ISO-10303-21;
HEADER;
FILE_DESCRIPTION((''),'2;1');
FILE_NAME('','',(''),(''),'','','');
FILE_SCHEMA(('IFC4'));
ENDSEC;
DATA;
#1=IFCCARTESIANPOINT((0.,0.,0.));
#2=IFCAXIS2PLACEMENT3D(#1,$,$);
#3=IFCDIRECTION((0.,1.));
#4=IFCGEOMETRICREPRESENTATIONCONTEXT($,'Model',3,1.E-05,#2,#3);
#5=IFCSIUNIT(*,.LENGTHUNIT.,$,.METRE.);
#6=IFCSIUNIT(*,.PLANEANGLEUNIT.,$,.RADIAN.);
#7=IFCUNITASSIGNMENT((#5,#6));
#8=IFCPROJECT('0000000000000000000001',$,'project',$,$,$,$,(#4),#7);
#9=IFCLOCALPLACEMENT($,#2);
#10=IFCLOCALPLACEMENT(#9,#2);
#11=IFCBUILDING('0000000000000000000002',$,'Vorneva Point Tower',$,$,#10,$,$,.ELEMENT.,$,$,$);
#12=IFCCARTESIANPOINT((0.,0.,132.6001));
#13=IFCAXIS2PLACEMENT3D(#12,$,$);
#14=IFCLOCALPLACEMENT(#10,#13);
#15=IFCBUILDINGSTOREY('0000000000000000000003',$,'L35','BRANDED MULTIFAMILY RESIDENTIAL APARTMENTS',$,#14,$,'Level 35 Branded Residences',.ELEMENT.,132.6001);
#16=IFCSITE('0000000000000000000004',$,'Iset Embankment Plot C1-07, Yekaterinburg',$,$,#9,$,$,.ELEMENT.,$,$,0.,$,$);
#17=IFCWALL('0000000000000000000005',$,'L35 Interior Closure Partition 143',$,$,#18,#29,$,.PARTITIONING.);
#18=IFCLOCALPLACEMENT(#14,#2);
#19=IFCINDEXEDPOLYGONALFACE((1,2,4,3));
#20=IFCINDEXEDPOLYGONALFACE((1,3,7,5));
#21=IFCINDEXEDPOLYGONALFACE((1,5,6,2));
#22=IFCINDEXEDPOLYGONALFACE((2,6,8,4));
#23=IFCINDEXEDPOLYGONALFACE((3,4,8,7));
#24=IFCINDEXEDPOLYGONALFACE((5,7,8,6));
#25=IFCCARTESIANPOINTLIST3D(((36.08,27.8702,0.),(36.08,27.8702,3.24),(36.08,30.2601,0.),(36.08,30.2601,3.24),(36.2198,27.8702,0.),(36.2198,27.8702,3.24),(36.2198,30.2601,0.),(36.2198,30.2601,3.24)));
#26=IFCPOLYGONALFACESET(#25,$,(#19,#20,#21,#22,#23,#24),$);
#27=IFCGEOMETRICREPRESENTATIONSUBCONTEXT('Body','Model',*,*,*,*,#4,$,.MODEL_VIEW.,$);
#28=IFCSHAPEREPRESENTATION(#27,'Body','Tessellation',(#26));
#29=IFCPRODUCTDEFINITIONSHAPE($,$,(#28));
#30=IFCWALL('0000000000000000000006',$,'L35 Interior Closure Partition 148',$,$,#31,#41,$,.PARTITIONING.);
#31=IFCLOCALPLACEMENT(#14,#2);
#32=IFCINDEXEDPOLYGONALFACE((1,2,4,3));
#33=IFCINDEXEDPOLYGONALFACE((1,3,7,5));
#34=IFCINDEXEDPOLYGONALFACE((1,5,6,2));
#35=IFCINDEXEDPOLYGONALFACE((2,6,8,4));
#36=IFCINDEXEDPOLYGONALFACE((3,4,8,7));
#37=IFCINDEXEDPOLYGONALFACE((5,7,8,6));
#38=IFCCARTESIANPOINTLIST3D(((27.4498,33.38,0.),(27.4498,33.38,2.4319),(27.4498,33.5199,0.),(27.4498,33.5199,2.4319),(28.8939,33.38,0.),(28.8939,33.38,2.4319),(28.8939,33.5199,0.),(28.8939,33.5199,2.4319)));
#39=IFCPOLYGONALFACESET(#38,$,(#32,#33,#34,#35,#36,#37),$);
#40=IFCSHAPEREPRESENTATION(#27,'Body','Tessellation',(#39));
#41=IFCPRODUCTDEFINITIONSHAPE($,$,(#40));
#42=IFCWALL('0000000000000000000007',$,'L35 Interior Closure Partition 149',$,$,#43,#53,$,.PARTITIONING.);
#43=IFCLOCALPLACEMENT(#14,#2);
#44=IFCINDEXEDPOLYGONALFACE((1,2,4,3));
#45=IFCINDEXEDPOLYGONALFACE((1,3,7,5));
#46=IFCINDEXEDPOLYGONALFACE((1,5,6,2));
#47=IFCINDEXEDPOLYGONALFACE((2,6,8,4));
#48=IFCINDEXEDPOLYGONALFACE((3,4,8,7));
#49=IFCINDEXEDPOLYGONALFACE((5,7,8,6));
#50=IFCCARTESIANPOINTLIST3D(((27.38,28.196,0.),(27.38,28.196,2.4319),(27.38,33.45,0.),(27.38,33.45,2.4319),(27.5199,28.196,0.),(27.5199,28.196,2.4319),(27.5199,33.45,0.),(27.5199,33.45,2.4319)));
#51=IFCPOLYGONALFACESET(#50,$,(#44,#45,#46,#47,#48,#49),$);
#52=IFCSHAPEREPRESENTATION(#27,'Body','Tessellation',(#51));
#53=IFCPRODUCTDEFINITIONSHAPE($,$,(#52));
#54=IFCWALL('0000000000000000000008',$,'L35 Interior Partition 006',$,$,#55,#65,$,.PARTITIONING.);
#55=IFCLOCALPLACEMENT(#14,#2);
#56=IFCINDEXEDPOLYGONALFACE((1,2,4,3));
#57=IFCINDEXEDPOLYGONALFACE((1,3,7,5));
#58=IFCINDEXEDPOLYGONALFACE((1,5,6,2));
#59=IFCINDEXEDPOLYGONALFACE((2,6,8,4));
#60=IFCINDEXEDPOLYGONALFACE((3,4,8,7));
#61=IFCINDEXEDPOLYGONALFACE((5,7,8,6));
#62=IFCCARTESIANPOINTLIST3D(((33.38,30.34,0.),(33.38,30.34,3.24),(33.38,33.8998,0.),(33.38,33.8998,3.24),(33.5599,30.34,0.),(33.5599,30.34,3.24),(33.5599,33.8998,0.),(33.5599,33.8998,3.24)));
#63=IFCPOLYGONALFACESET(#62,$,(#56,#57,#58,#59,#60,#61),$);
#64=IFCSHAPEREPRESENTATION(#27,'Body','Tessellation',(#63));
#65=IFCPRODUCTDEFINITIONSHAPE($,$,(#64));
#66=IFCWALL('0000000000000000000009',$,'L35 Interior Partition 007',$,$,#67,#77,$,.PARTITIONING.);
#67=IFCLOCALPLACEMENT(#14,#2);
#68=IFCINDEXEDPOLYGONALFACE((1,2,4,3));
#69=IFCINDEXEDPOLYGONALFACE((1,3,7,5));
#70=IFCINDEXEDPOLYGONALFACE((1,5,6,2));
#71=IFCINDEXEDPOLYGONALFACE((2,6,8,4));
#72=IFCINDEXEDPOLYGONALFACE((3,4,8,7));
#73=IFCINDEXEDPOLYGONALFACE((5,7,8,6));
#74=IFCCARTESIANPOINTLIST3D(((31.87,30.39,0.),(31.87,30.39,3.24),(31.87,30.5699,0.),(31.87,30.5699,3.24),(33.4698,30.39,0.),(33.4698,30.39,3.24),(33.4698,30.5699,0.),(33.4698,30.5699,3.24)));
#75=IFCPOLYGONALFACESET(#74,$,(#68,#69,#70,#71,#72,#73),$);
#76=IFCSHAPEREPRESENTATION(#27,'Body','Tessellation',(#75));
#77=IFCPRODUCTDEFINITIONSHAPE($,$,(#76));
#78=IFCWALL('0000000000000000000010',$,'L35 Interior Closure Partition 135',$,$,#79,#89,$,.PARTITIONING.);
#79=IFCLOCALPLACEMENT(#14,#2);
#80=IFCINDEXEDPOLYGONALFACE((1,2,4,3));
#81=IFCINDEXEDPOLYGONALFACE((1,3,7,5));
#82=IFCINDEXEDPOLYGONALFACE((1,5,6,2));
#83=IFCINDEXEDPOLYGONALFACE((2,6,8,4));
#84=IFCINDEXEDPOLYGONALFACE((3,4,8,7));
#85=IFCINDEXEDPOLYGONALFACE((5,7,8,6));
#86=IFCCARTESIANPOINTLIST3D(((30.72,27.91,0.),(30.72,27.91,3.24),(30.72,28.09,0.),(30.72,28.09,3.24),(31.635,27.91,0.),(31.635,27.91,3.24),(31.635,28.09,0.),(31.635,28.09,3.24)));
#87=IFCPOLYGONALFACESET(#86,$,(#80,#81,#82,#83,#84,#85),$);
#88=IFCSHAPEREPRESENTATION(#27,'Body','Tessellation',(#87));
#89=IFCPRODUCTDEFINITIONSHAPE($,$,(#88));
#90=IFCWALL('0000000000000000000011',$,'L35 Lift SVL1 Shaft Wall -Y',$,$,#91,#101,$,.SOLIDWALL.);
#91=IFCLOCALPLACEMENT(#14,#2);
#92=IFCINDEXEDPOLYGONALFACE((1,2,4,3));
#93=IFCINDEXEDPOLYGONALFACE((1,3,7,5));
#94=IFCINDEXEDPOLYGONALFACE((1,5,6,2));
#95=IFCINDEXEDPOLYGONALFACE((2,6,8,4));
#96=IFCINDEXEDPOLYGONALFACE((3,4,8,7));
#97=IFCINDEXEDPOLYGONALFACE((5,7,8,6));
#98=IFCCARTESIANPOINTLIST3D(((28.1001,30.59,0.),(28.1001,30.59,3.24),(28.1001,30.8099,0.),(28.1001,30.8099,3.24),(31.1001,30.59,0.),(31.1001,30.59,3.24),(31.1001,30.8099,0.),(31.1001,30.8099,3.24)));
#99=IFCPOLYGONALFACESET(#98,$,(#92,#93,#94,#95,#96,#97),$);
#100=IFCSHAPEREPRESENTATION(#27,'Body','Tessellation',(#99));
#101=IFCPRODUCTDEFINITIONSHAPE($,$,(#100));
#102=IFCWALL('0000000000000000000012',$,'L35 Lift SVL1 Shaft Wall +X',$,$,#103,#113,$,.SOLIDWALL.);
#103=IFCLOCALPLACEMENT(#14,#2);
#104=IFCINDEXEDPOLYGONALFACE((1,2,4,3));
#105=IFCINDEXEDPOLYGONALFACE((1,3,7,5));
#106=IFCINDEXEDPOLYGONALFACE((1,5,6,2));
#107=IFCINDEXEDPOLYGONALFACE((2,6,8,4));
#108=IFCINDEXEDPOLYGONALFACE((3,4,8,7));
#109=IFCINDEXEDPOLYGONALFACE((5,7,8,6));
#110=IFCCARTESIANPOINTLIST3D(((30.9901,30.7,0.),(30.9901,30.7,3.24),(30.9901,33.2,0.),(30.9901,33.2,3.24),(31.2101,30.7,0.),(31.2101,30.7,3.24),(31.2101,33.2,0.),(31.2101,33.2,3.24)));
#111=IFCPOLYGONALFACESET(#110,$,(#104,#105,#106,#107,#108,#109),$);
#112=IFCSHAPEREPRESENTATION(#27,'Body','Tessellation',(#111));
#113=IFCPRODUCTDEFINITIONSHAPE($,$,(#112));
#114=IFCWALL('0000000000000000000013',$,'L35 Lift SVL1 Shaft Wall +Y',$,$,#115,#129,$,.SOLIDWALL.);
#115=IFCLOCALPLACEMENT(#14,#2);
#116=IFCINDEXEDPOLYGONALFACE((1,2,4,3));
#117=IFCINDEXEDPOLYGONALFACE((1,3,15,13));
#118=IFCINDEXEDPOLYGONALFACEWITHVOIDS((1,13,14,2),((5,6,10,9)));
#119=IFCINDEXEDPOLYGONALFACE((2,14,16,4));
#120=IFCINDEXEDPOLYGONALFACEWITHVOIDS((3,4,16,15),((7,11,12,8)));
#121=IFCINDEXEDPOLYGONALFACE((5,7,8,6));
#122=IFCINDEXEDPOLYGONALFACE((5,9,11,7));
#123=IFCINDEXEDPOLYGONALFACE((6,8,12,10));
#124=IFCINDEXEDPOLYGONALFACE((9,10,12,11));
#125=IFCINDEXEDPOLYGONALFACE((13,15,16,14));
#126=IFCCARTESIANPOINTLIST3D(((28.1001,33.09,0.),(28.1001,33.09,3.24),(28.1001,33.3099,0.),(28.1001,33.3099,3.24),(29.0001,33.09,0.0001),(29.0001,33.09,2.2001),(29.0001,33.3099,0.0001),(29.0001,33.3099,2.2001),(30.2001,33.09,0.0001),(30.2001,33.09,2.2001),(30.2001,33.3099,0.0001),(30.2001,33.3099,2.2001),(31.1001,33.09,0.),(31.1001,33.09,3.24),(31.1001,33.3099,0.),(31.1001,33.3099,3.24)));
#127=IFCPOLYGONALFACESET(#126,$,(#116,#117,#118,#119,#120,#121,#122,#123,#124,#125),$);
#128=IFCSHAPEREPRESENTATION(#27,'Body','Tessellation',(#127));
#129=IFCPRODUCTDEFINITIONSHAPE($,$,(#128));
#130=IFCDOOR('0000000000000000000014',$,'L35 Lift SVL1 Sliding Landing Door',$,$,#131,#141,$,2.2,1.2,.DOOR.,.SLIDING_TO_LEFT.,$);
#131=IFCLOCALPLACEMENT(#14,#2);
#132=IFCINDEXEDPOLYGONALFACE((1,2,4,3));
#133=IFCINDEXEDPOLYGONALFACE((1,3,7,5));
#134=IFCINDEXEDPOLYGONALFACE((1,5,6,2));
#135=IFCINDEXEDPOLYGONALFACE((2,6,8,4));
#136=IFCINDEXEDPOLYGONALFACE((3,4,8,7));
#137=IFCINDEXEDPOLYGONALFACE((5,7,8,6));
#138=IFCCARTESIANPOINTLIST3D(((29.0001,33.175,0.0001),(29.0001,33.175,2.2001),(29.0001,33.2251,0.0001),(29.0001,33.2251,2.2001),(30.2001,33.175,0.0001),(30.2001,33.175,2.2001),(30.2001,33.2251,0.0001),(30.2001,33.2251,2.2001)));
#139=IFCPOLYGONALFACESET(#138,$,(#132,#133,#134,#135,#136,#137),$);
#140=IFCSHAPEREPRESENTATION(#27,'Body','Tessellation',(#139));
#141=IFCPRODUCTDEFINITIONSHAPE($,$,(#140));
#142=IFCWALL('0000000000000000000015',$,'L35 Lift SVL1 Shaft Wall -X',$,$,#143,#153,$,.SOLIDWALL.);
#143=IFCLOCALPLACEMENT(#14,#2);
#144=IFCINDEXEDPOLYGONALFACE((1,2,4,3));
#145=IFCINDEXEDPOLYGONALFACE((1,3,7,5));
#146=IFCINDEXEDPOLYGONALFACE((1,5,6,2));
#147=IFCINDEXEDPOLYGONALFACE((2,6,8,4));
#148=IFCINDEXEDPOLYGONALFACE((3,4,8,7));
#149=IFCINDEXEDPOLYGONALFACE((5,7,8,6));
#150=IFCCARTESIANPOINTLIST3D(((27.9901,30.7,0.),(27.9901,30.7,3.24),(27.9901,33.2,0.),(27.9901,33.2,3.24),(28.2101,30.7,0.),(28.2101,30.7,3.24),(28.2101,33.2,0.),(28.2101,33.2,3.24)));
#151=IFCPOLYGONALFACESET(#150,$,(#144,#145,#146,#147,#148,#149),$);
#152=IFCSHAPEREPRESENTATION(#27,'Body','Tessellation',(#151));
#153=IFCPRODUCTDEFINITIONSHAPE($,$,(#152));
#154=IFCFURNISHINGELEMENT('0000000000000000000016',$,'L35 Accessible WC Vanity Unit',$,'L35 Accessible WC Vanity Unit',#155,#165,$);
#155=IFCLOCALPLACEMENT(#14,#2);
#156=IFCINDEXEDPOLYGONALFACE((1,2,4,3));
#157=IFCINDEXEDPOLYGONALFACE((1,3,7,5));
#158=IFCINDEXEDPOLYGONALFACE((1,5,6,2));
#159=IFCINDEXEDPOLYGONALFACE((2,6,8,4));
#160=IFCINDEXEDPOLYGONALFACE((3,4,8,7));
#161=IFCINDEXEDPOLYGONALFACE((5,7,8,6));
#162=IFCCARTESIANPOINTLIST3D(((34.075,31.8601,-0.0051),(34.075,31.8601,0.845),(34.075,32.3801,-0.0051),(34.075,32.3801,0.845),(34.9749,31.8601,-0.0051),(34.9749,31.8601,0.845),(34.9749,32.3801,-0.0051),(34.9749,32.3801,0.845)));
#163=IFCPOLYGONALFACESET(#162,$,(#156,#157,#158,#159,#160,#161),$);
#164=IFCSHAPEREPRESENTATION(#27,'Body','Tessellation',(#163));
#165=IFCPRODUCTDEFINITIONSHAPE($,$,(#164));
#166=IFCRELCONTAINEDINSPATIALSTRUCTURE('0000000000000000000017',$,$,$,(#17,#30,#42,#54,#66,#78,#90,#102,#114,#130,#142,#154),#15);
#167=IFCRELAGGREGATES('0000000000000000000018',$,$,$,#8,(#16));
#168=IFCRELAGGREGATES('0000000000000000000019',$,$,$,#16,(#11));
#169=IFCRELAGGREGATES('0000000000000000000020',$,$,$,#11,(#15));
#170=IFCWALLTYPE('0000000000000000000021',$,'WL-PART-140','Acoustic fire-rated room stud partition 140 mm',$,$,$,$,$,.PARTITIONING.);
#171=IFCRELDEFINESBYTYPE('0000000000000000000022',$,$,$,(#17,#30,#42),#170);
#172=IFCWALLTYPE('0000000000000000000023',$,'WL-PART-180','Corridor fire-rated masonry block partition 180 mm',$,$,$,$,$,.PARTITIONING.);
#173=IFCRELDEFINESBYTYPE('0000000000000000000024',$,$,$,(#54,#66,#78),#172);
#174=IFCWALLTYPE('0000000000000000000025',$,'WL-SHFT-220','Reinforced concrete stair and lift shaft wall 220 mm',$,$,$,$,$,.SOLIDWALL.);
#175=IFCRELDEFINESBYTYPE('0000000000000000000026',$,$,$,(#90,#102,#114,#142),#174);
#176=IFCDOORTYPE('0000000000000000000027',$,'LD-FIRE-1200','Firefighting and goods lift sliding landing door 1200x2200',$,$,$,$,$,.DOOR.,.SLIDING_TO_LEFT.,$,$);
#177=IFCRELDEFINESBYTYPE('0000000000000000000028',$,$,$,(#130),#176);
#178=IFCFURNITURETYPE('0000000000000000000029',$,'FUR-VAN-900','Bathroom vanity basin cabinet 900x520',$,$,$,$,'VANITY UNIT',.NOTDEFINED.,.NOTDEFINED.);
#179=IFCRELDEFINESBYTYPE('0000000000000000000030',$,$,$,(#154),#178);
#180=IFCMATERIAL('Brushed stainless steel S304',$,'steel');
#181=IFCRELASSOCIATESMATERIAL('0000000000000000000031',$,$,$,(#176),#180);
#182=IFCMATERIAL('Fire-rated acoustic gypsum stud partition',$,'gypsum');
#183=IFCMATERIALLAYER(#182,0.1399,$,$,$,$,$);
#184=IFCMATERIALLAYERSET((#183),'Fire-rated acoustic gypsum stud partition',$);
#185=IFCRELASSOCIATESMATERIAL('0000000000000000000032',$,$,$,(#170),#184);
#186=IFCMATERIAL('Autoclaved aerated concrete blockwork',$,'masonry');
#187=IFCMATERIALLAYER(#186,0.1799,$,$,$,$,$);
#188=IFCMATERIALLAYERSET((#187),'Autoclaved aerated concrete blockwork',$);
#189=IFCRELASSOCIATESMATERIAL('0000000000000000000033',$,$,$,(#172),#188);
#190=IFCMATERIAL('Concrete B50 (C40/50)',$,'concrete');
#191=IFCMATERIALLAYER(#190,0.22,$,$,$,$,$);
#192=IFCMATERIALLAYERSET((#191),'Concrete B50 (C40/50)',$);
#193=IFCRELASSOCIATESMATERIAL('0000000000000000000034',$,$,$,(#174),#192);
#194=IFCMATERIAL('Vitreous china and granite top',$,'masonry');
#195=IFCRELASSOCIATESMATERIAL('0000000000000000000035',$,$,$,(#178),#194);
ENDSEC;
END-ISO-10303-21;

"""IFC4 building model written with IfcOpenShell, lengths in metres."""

from ifc_helpers import new_model, si_unit, direction, frame, frame_2d, origin, origin_2d, place, context, subcontext, project, spatial, rectangle, extrude, material, layer, layer_set, type_object, element, fill, save


model = new_model("IFC4")

# Units and contexts
model_context = context("Model", 3, precision=1e-05, world=origin(), true_north=direction((0.0, 1.0)))
body_context = subcontext(model_context, "Body", "Model", "MODEL_VIEW")
ifc_project = project(units=[si_unit("LENGTHUNIT", "METRE"), si_unit("PLANEANGLEUNIT", "RADIAN")], contexts=[model_context])

# Site, building, storey
site_placement = place(None, origin())
site = spatial("IfcSite", under=ifc_project, at=site_placement, Name="Iset Embankment Plot C1-07, Yekaterinburg", CompositionType="ELEMENT", RefElevation=0.0)
building_placement = place(site_placement, origin())
building = spatial("IfcBuilding", under=site, at=building_placement, Name="Vorneva Point Tower", CompositionType="ELEMENT")
storey_placement = place(building_placement, frame((0.0, 0.0, 132.6001)))
storey = spatial("IfcBuildingStorey", under=building, at=storey_placement, Name="L35", Description="BRANDED MULTIFAMILY RESIDENTIAL APARTMENTS", LongName="Level 35 Branded Residences", CompositionType="ELEMENT", Elevation=132.6001)

# Shared definitions
ifc_material_1 = material(Name="Brushed stainless steel S304", Category="steel")
door_type_1 = type_object("IfcDoorType", Name="LD-FIRE-1200", Description="Firefighting and goods lift sliding landing door 1200x2200", OperationType="SLIDING_TO_LEFT", PredefinedType="DOOR", material=ifc_material_1)

# Walls
ifc_material_2 = material(Name="Fire-rated acoustic gypsum stud partition", Category="gypsum")
ifc_layer_1 = layer(ifc_material_2, 0.1399)
ifc_layer_set_1 = layer_set([ifc_layer_1], Name="Fire-rated acoustic gypsum stud partition")
wall_type_1 = type_object("IfcWallType", Name="WL-PART-140", Description="Acoustic fire-rated room stud partition 140 mm", PredefinedType="PARTITIONING", material=ifc_layer_set_1)
for number, where, z_axis, x_axis, name in (
    (1, (36.1499, 30.26, 0.0), (0.0, 0.0, 1.0), (0.0, -1.0, 0.0), "L35 Interior Closure Partition 143"),
):
    element("IfcWall", number, at=place(storey_placement, frame(where, z_axis=z_axis, x_axis=x_axis)), inside=storey, type_object=wall_type_1, Name=name, PredefinedType="PARTITIONING", context=body_context, shape_type="SweptSolid", body=[
        extrude(rectangle(XDim=2.3899, YDim=0.1399, at=frame_2d((1.1948, 0.0))), origin(), (0.0, 0.0, 1.0), 3.24),
    ])
wall_1_placement = place(storey_placement, frame((28.894, 33.45, 0.0), z_axis=(0.0, 0.0, 1.0), x_axis=(-1.0, 0.0, 0.0)))
element("IfcWall", 2, at=wall_1_placement, inside=storey, type_object=wall_type_1, Name="L35 Interior Closure Partition 148", PredefinedType="PARTITIONING", context=body_context, shape_type="SweptSolid", body=[
    extrude(rectangle(XDim=1.4441, YDim=0.1399, at=frame_2d((0.7222, 0.0))), origin(), (0.0, 0.0, 1.0), 2.4319),
])
wall_2_placement = place(storey_placement, frame((27.45, 33.45, 0.0), z_axis=(0.0, 0.0, 1.0), x_axis=(0.0, -1.0, 0.0)))
element("IfcWall", 3, at=wall_2_placement, inside=storey, type_object=wall_type_1, Name="L35 Interior Closure Partition 149", PredefinedType="PARTITIONING", context=body_context, shape_type="SweptSolid", body=[
    extrude(rectangle(XDim=5.2539, YDim=0.1399, at=frame_2d((2.627, 0.0))), origin(), (0.0, 0.0, 1.0), 2.4319),
])

# Shared definitions
ifc_material_3 = material(Name="Autoclaved aerated concrete blockwork", Category="masonry")
ifc_layer_2 = layer(ifc_material_3, 0.1799)
ifc_layer_set_2 = layer_set([ifc_layer_2], Name="Autoclaved aerated concrete blockwork")
wall_type_2 = type_object("IfcWallType", Name="WL-PART-180", Description="Corridor fire-rated masonry block partition 180 mm", PredefinedType="PARTITIONING", material=ifc_layer_set_2)

# Walls
wall_3_placement = place(storey_placement, frame((33.47, 30.3401, 0.0), z_axis=(0.0, 0.0, 1.0), x_axis=(0.0, 1.0, 0.0)))
element("IfcWall", 4, at=wall_3_placement, inside=storey, type_object=wall_type_2, Name="L35 Interior Partition 006", PredefinedType="PARTITIONING", context=body_context, shape_type="SweptSolid", body=[
    extrude(rectangle(XDim=3.5598, YDim=0.1799, at=frame_2d((1.7798, 0.0))), origin(), (0.0, 0.0, 1.0), 3.24),
])
wall_4_placement = place(storey_placement, frame((31.8701, 30.48, 0.0), z_axis=(0.0, 0.0, 1.0), x_axis=(1.0, 0.0, 0.0)))
element("IfcWall", 5, at=wall_4_placement, inside=storey, type_object=wall_type_2, Name="L35 Interior Partition 007", PredefinedType="PARTITIONING", context=body_context, shape_type="SweptSolid", body=[
    extrude(rectangle(XDim=1.5999, YDim=0.1799, at=frame_2d((0.7998, 0.0))), origin(), (0.0, 0.0, 1.0), 3.24),
])

# Walls
wall_5_placement = place(storey_placement, frame((31.635, 28.0, 0.0), z_axis=(0.0, 0.0, 1.0), x_axis=(-1.0, 0.0, 0.0)))
element("IfcWall", 6, at=wall_5_placement, inside=storey, type_object=wall_type_2, Name="L35 Interior Closure Partition 135", PredefinedType="PARTITIONING", context=body_context, shape_type="SweptSolid", body=[
    extrude(rectangle(XDim=0.915, YDim=0.1799, at=frame_2d((0.4575, 0.0))), origin(), (0.0, 0.0, 1.0), 3.24),
])
ifc_material_4 = material(Name="Concrete B50 (C40/50)", Category="concrete")
ifc_layer_3 = layer(ifc_material_4, 0.22)
ifc_layer_set_3 = layer_set([ifc_layer_3], Name="Concrete B50 (C40/50)")
wall_type_3 = type_object("IfcWallType", Name="WL-SHFT-220", Description="Reinforced concrete stair and lift shaft wall 220 mm", PredefinedType="SOLIDWALL", material=ifc_layer_set_3)
wall_6_placement = place(storey_placement, frame((28.1001, 30.7, 0.0), z_axis=(0.0, 0.0, 1.0), x_axis=(1.0, 0.0, 0.0)))
element("IfcWall", 7, at=wall_6_placement, inside=storey, type_object=wall_type_3, Name="L35 Lift SVL1 Shaft Wall -Y", PredefinedType="SOLIDWALL", context=body_context, shape_type="SweptSolid", body=[
    extrude(rectangle(XDim=3.0, YDim=0.22, at=frame_2d((1.5, 0.0))), origin(), (0.0, 0.0, 1.0), 3.24),
])
wall_7_placement = place(storey_placement, frame((31.1001, 30.7, 0.0), z_axis=(0.0, 0.0, 1.0), x_axis=(0.0, 1.0, 0.0)))
element("IfcWall", 8, at=wall_7_placement, inside=storey, type_object=wall_type_3, Name="L35 Lift SVL1 Shaft Wall +X", PredefinedType="SOLIDWALL", context=body_context, shape_type="SweptSolid", body=[
    extrude(rectangle(XDim=2.5, YDim=0.22, at=frame_2d((1.25, 0.0))), origin(), (0.0, 0.0, 1.0), 3.24),
])

# Wall, opening, door
wall_8_placement = place(storey_placement, frame((31.1001, 33.2, 0.0), z_axis=(0.0, 0.0, 1.0), x_axis=(-1.0, 0.0, 0.0)))
wall_8 = element("IfcWall", 9, at=wall_8_placement, inside=storey, type_object=wall_type_3, Name="L35 Lift SVL1 Shaft Wall +Y", PredefinedType="SOLIDWALL", context=body_context, shape_type="SweptSolid", body=[
    extrude(rectangle(XDim=3.0, YDim=0.22, at=frame_2d((1.5, 0.0))), origin(), (0.0, 0.0, 1.0), 3.24),
])
opening_1_placement = place(wall_8_placement, frame((0.8999, 0.0, 0.0)))
opening_1 = element("IfcOpeningElement", 10, at=opening_1_placement, cuts=wall_8, PredefinedType="OPENING", context=body_context, shape_type="SweptSolid", body=[
    extrude(rectangle(XDim=1.2, YDim=2.2, at=frame_2d((0.6001, 1.1001))), frame((0.0, 0.125, 0.0), z_axis=(0.0, -1.0, 0.0), x_axis=(1.0, 0.0, 0.0)), (0.0, 0.0, 1.0), 0.2498),
])
door_1_placement = place(opening_1_placement, origin())
door_1 = element("IfcDoor", 11, at=door_1_placement, inside=storey, type_object=door_type_1, Name="L35 Lift SVL1 Sliding Landing Door", OperationType="SLIDING_TO_LEFT", OverallHeight=2.2, OverallWidth=1.2, PredefinedType="DOOR", context=body_context, shape_type="SweptSolid", body=[
    extrude(rectangle(XDim=1.2, YDim=2.2, at=frame_2d((0.6001, 1.1001))), frame((0.0, 0.0249, 0.0), z_axis=(0.0, -1.0, 0.0), x_axis=(1.0, 0.0, 0.0)), (0.0, 0.0, 1.0), 0.05),
])
fill(opening_1, door_1)

# Wall
wall_9_placement = place(storey_placement, frame((28.1001, 33.2, 0.0), z_axis=(0.0, 0.0, 1.0), x_axis=(0.0, -1.0, 0.0)))
element("IfcWall", 12, at=wall_9_placement, inside=storey, type_object=wall_type_3, Name="L35 Lift SVL1 Shaft Wall -X", PredefinedType="SOLIDWALL", context=body_context, shape_type="SweptSolid", body=[
    extrude(rectangle(XDim=2.5, YDim=0.22, at=frame_2d((1.25, 0.0))), origin(), (0.0, 0.0, 1.0), 3.24),
])

# Furnishing element
ifc_material_5 = material(Name="Vitreous china and granite top", Category="masonry")
furniture_type = type_object("IfcFurnitureType", Name="FUR-VAN-900", Description="Bathroom vanity basin cabinet 900x520", ElementType="VANITY UNIT", AssemblyPlace="NOTDEFINED", PredefinedType="NOTDEFINED", material=ifc_material_5)
furnishing_placement = place(storey_placement, frame((34.5249, 32.1201, -0.0051), z_axis=(0.0, 0.0, 1.0), x_axis=(1.0, 0.0, 0.0)))
element("IfcFurnishingElement", 13, at=furnishing_placement, inside=storey, type_object=furniture_type, Name="L35 Accessible WC Vanity Unit", ObjectType="L35 Accessible WC Vanity Unit", context=body_context, shape_type="SweptSolid", body=[
    extrude(rectangle(XDim=0.8999, YDim=0.52, at=origin_2d()), origin(), (0.0, 0.0, 1.0), 0.8501),
])

save(model, "model.ifc")
